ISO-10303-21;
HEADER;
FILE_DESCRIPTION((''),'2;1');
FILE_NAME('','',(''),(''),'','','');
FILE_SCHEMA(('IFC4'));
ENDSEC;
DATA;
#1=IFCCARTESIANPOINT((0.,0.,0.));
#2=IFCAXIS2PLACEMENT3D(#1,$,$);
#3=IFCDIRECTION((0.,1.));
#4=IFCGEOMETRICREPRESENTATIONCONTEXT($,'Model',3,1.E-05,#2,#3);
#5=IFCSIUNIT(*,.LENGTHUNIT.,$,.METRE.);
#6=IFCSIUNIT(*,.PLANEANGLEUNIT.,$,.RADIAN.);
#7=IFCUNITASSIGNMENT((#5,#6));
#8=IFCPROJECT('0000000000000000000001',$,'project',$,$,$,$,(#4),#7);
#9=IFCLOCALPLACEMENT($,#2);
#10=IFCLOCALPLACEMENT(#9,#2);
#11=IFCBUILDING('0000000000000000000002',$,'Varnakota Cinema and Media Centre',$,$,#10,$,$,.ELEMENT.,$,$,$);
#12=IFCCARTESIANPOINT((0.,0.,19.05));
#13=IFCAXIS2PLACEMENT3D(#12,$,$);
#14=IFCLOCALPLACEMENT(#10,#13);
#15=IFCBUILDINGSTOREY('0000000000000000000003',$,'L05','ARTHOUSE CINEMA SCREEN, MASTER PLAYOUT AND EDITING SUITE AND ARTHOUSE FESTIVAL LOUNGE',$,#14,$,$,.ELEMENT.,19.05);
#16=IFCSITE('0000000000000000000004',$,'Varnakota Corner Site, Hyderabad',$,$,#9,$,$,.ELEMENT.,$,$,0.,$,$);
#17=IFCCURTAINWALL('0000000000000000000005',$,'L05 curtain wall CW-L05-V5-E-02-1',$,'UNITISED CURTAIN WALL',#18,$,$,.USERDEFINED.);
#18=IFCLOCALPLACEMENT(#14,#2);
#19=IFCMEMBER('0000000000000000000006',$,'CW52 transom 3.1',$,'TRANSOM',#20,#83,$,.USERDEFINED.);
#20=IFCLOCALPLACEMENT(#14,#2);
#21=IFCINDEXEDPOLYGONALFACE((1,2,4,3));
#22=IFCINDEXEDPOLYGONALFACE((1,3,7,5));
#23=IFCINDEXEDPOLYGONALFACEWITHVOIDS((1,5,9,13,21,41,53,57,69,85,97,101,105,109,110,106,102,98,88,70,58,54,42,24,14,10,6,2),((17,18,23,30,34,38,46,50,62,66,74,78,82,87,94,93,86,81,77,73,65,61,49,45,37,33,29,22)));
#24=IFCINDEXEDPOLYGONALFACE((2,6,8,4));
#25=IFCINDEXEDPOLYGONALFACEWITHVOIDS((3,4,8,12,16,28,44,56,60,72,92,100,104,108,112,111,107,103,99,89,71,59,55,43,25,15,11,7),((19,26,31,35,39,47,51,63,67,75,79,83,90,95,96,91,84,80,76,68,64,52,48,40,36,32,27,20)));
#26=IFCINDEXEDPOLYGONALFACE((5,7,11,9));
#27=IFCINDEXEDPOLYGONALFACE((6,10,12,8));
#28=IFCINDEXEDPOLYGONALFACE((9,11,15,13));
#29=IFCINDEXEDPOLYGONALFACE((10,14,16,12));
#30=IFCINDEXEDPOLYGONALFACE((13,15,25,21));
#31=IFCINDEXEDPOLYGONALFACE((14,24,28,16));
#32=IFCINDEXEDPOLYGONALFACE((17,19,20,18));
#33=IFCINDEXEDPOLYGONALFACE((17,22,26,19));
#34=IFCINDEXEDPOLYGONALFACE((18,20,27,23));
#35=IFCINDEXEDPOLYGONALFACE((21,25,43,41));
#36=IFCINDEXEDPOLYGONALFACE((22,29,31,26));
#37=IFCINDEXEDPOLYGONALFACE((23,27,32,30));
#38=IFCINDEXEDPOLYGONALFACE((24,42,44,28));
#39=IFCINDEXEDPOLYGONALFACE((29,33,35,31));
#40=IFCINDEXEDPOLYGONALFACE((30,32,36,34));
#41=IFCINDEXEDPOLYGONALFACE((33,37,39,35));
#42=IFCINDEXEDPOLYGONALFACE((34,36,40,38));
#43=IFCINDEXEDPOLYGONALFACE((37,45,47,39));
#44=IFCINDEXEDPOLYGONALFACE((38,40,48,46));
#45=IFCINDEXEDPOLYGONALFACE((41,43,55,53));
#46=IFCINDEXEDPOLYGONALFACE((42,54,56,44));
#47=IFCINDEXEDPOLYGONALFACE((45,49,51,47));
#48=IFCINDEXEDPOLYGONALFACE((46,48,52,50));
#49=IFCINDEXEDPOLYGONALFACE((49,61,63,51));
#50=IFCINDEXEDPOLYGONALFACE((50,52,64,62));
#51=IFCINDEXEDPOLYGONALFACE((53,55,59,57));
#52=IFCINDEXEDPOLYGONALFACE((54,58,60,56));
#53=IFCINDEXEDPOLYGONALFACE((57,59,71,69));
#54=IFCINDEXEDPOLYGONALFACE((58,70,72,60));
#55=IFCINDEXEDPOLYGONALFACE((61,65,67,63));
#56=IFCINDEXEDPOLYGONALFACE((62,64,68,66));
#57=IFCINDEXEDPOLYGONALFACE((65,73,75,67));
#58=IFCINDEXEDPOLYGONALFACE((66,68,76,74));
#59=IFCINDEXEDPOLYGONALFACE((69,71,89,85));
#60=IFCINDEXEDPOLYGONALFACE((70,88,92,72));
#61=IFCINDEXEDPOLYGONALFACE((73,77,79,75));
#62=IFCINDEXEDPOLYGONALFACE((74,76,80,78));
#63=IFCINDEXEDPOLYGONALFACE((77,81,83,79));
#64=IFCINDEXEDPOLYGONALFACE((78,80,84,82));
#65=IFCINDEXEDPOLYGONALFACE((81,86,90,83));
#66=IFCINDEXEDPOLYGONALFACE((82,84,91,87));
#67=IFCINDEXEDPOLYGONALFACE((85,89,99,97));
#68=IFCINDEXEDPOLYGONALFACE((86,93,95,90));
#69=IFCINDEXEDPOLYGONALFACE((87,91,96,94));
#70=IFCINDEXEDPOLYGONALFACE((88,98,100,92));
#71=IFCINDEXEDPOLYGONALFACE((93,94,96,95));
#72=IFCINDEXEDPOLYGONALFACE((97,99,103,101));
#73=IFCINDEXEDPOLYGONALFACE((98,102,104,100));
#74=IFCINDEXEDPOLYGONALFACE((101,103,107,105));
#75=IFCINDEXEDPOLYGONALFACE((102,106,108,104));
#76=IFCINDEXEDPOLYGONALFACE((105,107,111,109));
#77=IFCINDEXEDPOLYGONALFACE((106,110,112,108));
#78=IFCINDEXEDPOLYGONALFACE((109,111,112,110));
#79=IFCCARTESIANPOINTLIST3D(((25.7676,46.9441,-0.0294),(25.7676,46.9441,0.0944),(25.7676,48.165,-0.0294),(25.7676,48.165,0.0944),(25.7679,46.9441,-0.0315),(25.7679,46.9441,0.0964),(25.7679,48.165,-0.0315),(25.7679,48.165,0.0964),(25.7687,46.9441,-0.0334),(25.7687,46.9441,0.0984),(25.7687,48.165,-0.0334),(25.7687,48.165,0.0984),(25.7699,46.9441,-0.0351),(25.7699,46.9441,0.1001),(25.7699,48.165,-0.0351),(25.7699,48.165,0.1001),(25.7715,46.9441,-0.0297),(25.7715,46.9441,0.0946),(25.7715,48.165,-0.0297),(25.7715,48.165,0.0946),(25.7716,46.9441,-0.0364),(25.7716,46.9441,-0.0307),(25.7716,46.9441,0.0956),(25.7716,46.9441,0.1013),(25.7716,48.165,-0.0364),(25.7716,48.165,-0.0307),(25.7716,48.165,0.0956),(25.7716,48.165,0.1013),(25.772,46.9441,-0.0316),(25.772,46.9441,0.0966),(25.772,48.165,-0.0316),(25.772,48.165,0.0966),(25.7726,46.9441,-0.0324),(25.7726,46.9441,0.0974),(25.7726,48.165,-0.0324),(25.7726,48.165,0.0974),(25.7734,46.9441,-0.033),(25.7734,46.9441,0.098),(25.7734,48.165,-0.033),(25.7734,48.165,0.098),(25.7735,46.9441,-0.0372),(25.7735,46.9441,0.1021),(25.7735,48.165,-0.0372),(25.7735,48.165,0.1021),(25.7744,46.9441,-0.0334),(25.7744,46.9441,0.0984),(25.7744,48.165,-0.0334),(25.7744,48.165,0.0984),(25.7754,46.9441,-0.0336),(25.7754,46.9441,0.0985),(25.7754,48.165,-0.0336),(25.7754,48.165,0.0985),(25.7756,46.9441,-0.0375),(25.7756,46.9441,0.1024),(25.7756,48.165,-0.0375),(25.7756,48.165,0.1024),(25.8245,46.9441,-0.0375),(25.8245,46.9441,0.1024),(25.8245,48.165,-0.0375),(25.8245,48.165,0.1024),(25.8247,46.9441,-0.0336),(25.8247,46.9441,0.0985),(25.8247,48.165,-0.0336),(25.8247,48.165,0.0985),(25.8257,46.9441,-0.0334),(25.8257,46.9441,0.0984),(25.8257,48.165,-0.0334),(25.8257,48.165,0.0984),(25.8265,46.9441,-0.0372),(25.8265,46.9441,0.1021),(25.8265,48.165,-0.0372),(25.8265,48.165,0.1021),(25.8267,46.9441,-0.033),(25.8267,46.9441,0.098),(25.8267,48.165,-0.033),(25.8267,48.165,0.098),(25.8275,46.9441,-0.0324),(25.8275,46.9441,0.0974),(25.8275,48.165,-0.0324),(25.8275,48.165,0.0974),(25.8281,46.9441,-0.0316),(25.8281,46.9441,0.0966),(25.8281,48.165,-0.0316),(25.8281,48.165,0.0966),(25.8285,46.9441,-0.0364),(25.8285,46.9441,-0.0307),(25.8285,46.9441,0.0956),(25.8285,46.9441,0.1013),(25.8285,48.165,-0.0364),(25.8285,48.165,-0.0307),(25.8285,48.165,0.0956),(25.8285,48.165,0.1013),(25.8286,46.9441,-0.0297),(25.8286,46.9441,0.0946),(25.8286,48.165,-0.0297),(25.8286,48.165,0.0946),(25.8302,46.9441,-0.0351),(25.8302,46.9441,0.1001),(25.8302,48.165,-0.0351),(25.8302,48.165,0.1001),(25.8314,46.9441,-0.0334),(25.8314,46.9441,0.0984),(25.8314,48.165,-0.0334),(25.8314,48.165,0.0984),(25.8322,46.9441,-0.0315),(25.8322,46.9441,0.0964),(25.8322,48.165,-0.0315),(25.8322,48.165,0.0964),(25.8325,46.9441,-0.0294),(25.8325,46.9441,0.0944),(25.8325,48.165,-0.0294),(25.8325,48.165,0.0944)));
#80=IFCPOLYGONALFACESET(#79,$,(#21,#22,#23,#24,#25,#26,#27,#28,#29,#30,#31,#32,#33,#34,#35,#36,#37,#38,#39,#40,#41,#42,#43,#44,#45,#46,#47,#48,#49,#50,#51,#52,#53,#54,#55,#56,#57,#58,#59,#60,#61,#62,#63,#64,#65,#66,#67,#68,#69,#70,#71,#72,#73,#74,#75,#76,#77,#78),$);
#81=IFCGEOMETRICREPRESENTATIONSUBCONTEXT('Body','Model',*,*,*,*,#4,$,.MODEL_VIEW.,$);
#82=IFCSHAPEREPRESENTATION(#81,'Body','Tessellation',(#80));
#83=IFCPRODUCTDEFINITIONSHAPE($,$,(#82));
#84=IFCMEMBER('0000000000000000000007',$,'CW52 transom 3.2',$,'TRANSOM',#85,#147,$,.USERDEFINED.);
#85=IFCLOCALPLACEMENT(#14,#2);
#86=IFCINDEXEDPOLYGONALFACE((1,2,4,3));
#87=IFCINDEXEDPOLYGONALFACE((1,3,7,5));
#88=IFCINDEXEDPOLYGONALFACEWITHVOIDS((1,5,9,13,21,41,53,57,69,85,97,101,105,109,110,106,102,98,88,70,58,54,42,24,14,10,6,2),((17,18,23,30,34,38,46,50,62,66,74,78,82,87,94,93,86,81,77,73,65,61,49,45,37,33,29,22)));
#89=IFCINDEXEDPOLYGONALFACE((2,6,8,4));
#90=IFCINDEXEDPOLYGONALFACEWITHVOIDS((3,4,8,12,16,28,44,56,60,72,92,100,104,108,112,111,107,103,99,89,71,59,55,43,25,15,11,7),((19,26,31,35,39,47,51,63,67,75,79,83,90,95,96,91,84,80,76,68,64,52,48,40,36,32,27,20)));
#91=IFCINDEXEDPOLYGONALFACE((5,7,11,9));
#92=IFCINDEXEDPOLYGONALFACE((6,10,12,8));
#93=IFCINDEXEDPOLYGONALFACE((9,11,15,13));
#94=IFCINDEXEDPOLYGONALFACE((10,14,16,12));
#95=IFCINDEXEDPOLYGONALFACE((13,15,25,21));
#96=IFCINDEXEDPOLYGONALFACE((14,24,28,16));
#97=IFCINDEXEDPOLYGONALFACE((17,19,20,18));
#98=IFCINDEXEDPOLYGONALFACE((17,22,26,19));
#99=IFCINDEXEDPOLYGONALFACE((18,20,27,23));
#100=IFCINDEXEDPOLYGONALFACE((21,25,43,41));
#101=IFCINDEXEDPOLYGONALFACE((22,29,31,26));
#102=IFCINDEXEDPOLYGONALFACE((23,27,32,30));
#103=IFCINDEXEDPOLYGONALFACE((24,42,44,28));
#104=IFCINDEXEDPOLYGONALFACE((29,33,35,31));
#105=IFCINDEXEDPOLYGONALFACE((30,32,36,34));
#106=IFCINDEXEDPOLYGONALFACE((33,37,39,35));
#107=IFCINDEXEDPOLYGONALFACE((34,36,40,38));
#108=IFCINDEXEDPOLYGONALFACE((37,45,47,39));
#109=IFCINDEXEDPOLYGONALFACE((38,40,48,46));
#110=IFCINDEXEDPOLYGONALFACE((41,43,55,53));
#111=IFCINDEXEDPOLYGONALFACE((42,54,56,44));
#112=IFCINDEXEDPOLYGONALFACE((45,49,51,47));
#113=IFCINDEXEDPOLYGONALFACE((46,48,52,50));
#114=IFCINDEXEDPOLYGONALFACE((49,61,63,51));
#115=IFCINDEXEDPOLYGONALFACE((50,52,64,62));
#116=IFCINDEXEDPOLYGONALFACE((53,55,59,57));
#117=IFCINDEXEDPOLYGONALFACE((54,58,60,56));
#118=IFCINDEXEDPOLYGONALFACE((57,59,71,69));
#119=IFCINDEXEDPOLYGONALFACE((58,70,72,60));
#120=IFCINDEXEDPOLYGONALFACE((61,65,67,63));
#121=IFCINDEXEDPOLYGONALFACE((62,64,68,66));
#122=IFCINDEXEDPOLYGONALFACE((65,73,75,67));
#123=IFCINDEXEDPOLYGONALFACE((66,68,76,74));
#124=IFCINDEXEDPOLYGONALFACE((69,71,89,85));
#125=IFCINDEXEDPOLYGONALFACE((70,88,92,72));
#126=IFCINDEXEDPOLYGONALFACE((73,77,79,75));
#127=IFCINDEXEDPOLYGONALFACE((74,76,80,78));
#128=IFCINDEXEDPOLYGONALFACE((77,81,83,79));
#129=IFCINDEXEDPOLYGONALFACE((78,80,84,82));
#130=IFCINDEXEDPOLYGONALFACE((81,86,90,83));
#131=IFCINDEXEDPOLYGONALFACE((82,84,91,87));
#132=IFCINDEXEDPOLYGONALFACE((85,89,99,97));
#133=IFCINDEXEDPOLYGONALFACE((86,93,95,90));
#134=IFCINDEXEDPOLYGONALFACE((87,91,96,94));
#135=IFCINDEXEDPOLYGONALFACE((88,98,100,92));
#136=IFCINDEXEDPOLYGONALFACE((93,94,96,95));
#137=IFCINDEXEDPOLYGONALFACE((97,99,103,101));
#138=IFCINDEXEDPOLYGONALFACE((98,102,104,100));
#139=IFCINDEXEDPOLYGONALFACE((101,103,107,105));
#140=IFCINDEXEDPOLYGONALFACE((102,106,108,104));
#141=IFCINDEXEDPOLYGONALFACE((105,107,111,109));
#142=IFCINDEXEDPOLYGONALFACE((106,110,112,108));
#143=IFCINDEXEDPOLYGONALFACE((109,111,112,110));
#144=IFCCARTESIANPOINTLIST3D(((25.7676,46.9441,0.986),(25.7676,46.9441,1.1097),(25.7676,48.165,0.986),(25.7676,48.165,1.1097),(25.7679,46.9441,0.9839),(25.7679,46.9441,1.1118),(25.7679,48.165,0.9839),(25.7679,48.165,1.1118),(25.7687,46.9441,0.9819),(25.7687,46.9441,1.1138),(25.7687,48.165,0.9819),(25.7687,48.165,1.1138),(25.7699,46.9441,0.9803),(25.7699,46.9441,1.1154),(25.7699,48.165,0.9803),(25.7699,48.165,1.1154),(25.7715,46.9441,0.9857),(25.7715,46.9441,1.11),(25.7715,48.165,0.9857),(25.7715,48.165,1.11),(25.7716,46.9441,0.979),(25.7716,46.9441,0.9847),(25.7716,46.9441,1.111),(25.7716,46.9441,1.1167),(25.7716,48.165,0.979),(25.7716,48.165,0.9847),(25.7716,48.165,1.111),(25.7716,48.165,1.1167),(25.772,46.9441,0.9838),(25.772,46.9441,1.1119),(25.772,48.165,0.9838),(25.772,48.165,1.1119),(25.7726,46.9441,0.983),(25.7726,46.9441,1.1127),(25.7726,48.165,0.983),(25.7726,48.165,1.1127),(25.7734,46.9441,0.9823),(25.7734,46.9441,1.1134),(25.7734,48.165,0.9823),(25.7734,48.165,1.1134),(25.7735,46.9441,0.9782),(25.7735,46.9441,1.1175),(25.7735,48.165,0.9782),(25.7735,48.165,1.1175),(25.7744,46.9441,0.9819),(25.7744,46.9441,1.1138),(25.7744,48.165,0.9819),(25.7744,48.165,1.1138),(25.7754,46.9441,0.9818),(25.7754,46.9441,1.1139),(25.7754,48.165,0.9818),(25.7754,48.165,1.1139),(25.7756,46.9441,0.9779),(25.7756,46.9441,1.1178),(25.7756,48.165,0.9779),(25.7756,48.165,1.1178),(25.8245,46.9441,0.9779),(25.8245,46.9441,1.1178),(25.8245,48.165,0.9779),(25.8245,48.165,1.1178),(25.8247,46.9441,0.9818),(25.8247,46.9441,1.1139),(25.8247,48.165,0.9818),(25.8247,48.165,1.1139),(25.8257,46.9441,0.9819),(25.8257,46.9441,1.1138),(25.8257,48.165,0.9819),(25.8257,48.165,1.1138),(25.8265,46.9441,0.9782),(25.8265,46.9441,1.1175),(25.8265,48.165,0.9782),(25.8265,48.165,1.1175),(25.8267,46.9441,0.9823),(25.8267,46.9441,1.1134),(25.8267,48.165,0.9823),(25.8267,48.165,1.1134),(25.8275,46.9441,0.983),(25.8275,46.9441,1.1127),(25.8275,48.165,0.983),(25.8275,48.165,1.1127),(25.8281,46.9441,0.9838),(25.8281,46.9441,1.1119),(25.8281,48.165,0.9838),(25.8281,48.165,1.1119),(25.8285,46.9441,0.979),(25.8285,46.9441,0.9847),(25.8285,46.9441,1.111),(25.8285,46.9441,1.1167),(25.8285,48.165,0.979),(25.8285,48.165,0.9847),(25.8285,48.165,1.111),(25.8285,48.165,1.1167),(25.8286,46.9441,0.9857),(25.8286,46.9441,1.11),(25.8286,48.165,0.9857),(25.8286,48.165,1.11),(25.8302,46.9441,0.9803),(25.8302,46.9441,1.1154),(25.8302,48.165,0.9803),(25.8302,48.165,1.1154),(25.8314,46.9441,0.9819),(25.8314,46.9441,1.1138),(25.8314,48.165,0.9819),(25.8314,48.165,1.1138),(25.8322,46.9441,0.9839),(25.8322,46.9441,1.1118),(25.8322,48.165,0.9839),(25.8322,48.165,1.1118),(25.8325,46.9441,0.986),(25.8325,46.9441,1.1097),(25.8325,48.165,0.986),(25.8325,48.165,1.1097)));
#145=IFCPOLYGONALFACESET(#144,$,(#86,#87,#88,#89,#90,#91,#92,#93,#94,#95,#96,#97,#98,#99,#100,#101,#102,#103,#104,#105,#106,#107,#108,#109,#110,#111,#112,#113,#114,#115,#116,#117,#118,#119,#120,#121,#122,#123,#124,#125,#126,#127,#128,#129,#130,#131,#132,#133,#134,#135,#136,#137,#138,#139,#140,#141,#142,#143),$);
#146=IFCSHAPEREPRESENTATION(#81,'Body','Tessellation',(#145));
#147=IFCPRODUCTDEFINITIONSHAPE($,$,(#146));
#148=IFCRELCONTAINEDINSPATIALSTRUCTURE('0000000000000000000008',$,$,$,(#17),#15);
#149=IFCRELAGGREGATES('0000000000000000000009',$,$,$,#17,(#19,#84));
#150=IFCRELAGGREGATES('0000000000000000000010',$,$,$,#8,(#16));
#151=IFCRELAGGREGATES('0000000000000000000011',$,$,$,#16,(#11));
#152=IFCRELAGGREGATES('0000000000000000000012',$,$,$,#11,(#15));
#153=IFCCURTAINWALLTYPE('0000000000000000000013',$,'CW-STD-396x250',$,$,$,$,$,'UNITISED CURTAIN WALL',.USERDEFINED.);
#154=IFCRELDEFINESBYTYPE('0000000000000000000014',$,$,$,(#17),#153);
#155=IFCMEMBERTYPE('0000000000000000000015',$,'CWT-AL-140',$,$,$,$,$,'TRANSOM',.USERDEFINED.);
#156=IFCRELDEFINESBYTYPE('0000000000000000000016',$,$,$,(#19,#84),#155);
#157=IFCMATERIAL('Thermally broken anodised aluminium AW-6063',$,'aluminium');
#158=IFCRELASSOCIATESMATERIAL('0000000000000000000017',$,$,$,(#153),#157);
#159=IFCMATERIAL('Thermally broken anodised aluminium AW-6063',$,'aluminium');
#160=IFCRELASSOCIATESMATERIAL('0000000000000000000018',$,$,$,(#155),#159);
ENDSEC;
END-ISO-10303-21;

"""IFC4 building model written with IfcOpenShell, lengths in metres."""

from ifc_helpers import new_model, si_unit, direction, frame, origin, origin_2d, place, context, subcontext, project, spatial, hollow_rectangle, extrude, material, material_profile, profile_set, type_object, element, aggregate, save


model = new_model("IFC4")

# Units and contexts
model_context = context("Model", 3, precision=1e-05, world=origin(), true_north=direction((0.0, 1.0)))
body_context = subcontext(model_context, "Body", "Model", "MODEL_VIEW")
ifc_project = project(units=[si_unit("LENGTHUNIT", "METRE"), si_unit("PLANEANGLEUNIT", "RADIAN")], contexts=[model_context])

# Site, building, storey
site_placement = place(None, origin())
site = spatial("IfcSite", under=ifc_project, at=site_placement, Name="Varnakota Corner Site, Hyderabad", CompositionType="ELEMENT", RefElevation=0.0)
building_placement = place(site_placement, origin())
building = spatial("IfcBuilding", under=site, at=building_placement, Name="Varnakota Cinema and Media Centre", CompositionType="ELEMENT")
storey_placement = place(building_placement, frame((0.0, 0.0, 19.05)))
storey = spatial("IfcBuildingStorey", under=building, at=storey_placement, Name="L05", Description="ARTHOUSE CINEMA SCREEN, MASTER PLAYOUT AND EDITING SUITE AND ARTHOUSE FESTIVAL LOUNGE", CompositionType="ELEMENT", Elevation=19.05)

# Curtain wall, members
ifc_material_1 = material(Name="Thermally broken anodised aluminium AW-6063", Category="aluminium")
curtain_wall_type = type_object("IfcCurtainWallType", Name="CW-STD-396x250", ElementType="UNITISED CURTAIN WALL", PredefinedType="USERDEFINED", material=ifc_material_1)
curtain_wall_placement = place(storey_placement, origin())
curtain_wall = element("IfcCurtainWall", 1, at=curtain_wall_placement, inside=storey, type_object=curtain_wall_type, Name="L05 curtain wall CW-L05-V5-E-02-1", ObjectType="UNITISED CURTAIN WALL", PredefinedType="USERDEFINED")
ifc_material_2 = material(Name="Thermally broken anodised aluminium AW-6063", Category="aluminium")
ifc_material_profile_1 = material_profile(ifc_material_2, hollow_rectangle(XDim=0.0649, YDim=0.1399, WallThickness=0.0039, InnerFilletRadius=0.0039, OuterFilletRadius=0.0081, at=origin_2d()), Name="AL-TRANSOM 140x65x4")
ifc_profile_set_1 = profile_set([ifc_material_profile_1], Name="Thermally broken anodised aluminium AW-6063")
member_type_1 = type_object("IfcMemberType", Name="CWT-AL-140", ElementType="TRANSOM", PredefinedType="USERDEFINED", material=ifc_profile_set_1)
member_1_placement = place(storey_placement, frame((25.8, 46.9441, 0.0325), z_axis=(0.0, 1.0, 0.0), x_axis=(-1.0, 0.0, 0.0)))
member_1 = element("IfcMember", 2, at=member_1_placement, type_object=member_type_1, Name="CW52 transom 3.1", ObjectType="TRANSOM", PredefinedType="USERDEFINED", context=body_context, shape_type="SweptSolid", body=[
    extrude(hollow_rectangle(XDim=0.0649, YDim=0.1399, WallThickness=0.0039, InnerFilletRadius=0.0039, OuterFilletRadius=0.0081, at=origin_2d()), origin(), (0.0, 0.0, 1.0), 1.2209),
])
member_2_placement = place(storey_placement, frame((25.8, 46.9441, 1.0479), z_axis=(0.0, 1.0, 0.0), x_axis=(-1.0, 0.0, 0.0)))
member_2 = element("IfcMember", 3, at=member_2_placement, type_object=member_type_1, Name="CW52 transom 3.2", ObjectType="TRANSOM", PredefinedType="USERDEFINED", context=body_context, shape_type="SweptSolid", body=[
    extrude(hollow_rectangle(XDim=0.0649, YDim=0.1399, WallThickness=0.0039, InnerFilletRadius=0.0039, OuterFilletRadius=0.0081, at=origin_2d()), origin(), (0.0, 0.0, 1.0), 1.2209),
])
aggregate(curtain_wall, [member_1, member_2])

save(model, "model.ifc")
